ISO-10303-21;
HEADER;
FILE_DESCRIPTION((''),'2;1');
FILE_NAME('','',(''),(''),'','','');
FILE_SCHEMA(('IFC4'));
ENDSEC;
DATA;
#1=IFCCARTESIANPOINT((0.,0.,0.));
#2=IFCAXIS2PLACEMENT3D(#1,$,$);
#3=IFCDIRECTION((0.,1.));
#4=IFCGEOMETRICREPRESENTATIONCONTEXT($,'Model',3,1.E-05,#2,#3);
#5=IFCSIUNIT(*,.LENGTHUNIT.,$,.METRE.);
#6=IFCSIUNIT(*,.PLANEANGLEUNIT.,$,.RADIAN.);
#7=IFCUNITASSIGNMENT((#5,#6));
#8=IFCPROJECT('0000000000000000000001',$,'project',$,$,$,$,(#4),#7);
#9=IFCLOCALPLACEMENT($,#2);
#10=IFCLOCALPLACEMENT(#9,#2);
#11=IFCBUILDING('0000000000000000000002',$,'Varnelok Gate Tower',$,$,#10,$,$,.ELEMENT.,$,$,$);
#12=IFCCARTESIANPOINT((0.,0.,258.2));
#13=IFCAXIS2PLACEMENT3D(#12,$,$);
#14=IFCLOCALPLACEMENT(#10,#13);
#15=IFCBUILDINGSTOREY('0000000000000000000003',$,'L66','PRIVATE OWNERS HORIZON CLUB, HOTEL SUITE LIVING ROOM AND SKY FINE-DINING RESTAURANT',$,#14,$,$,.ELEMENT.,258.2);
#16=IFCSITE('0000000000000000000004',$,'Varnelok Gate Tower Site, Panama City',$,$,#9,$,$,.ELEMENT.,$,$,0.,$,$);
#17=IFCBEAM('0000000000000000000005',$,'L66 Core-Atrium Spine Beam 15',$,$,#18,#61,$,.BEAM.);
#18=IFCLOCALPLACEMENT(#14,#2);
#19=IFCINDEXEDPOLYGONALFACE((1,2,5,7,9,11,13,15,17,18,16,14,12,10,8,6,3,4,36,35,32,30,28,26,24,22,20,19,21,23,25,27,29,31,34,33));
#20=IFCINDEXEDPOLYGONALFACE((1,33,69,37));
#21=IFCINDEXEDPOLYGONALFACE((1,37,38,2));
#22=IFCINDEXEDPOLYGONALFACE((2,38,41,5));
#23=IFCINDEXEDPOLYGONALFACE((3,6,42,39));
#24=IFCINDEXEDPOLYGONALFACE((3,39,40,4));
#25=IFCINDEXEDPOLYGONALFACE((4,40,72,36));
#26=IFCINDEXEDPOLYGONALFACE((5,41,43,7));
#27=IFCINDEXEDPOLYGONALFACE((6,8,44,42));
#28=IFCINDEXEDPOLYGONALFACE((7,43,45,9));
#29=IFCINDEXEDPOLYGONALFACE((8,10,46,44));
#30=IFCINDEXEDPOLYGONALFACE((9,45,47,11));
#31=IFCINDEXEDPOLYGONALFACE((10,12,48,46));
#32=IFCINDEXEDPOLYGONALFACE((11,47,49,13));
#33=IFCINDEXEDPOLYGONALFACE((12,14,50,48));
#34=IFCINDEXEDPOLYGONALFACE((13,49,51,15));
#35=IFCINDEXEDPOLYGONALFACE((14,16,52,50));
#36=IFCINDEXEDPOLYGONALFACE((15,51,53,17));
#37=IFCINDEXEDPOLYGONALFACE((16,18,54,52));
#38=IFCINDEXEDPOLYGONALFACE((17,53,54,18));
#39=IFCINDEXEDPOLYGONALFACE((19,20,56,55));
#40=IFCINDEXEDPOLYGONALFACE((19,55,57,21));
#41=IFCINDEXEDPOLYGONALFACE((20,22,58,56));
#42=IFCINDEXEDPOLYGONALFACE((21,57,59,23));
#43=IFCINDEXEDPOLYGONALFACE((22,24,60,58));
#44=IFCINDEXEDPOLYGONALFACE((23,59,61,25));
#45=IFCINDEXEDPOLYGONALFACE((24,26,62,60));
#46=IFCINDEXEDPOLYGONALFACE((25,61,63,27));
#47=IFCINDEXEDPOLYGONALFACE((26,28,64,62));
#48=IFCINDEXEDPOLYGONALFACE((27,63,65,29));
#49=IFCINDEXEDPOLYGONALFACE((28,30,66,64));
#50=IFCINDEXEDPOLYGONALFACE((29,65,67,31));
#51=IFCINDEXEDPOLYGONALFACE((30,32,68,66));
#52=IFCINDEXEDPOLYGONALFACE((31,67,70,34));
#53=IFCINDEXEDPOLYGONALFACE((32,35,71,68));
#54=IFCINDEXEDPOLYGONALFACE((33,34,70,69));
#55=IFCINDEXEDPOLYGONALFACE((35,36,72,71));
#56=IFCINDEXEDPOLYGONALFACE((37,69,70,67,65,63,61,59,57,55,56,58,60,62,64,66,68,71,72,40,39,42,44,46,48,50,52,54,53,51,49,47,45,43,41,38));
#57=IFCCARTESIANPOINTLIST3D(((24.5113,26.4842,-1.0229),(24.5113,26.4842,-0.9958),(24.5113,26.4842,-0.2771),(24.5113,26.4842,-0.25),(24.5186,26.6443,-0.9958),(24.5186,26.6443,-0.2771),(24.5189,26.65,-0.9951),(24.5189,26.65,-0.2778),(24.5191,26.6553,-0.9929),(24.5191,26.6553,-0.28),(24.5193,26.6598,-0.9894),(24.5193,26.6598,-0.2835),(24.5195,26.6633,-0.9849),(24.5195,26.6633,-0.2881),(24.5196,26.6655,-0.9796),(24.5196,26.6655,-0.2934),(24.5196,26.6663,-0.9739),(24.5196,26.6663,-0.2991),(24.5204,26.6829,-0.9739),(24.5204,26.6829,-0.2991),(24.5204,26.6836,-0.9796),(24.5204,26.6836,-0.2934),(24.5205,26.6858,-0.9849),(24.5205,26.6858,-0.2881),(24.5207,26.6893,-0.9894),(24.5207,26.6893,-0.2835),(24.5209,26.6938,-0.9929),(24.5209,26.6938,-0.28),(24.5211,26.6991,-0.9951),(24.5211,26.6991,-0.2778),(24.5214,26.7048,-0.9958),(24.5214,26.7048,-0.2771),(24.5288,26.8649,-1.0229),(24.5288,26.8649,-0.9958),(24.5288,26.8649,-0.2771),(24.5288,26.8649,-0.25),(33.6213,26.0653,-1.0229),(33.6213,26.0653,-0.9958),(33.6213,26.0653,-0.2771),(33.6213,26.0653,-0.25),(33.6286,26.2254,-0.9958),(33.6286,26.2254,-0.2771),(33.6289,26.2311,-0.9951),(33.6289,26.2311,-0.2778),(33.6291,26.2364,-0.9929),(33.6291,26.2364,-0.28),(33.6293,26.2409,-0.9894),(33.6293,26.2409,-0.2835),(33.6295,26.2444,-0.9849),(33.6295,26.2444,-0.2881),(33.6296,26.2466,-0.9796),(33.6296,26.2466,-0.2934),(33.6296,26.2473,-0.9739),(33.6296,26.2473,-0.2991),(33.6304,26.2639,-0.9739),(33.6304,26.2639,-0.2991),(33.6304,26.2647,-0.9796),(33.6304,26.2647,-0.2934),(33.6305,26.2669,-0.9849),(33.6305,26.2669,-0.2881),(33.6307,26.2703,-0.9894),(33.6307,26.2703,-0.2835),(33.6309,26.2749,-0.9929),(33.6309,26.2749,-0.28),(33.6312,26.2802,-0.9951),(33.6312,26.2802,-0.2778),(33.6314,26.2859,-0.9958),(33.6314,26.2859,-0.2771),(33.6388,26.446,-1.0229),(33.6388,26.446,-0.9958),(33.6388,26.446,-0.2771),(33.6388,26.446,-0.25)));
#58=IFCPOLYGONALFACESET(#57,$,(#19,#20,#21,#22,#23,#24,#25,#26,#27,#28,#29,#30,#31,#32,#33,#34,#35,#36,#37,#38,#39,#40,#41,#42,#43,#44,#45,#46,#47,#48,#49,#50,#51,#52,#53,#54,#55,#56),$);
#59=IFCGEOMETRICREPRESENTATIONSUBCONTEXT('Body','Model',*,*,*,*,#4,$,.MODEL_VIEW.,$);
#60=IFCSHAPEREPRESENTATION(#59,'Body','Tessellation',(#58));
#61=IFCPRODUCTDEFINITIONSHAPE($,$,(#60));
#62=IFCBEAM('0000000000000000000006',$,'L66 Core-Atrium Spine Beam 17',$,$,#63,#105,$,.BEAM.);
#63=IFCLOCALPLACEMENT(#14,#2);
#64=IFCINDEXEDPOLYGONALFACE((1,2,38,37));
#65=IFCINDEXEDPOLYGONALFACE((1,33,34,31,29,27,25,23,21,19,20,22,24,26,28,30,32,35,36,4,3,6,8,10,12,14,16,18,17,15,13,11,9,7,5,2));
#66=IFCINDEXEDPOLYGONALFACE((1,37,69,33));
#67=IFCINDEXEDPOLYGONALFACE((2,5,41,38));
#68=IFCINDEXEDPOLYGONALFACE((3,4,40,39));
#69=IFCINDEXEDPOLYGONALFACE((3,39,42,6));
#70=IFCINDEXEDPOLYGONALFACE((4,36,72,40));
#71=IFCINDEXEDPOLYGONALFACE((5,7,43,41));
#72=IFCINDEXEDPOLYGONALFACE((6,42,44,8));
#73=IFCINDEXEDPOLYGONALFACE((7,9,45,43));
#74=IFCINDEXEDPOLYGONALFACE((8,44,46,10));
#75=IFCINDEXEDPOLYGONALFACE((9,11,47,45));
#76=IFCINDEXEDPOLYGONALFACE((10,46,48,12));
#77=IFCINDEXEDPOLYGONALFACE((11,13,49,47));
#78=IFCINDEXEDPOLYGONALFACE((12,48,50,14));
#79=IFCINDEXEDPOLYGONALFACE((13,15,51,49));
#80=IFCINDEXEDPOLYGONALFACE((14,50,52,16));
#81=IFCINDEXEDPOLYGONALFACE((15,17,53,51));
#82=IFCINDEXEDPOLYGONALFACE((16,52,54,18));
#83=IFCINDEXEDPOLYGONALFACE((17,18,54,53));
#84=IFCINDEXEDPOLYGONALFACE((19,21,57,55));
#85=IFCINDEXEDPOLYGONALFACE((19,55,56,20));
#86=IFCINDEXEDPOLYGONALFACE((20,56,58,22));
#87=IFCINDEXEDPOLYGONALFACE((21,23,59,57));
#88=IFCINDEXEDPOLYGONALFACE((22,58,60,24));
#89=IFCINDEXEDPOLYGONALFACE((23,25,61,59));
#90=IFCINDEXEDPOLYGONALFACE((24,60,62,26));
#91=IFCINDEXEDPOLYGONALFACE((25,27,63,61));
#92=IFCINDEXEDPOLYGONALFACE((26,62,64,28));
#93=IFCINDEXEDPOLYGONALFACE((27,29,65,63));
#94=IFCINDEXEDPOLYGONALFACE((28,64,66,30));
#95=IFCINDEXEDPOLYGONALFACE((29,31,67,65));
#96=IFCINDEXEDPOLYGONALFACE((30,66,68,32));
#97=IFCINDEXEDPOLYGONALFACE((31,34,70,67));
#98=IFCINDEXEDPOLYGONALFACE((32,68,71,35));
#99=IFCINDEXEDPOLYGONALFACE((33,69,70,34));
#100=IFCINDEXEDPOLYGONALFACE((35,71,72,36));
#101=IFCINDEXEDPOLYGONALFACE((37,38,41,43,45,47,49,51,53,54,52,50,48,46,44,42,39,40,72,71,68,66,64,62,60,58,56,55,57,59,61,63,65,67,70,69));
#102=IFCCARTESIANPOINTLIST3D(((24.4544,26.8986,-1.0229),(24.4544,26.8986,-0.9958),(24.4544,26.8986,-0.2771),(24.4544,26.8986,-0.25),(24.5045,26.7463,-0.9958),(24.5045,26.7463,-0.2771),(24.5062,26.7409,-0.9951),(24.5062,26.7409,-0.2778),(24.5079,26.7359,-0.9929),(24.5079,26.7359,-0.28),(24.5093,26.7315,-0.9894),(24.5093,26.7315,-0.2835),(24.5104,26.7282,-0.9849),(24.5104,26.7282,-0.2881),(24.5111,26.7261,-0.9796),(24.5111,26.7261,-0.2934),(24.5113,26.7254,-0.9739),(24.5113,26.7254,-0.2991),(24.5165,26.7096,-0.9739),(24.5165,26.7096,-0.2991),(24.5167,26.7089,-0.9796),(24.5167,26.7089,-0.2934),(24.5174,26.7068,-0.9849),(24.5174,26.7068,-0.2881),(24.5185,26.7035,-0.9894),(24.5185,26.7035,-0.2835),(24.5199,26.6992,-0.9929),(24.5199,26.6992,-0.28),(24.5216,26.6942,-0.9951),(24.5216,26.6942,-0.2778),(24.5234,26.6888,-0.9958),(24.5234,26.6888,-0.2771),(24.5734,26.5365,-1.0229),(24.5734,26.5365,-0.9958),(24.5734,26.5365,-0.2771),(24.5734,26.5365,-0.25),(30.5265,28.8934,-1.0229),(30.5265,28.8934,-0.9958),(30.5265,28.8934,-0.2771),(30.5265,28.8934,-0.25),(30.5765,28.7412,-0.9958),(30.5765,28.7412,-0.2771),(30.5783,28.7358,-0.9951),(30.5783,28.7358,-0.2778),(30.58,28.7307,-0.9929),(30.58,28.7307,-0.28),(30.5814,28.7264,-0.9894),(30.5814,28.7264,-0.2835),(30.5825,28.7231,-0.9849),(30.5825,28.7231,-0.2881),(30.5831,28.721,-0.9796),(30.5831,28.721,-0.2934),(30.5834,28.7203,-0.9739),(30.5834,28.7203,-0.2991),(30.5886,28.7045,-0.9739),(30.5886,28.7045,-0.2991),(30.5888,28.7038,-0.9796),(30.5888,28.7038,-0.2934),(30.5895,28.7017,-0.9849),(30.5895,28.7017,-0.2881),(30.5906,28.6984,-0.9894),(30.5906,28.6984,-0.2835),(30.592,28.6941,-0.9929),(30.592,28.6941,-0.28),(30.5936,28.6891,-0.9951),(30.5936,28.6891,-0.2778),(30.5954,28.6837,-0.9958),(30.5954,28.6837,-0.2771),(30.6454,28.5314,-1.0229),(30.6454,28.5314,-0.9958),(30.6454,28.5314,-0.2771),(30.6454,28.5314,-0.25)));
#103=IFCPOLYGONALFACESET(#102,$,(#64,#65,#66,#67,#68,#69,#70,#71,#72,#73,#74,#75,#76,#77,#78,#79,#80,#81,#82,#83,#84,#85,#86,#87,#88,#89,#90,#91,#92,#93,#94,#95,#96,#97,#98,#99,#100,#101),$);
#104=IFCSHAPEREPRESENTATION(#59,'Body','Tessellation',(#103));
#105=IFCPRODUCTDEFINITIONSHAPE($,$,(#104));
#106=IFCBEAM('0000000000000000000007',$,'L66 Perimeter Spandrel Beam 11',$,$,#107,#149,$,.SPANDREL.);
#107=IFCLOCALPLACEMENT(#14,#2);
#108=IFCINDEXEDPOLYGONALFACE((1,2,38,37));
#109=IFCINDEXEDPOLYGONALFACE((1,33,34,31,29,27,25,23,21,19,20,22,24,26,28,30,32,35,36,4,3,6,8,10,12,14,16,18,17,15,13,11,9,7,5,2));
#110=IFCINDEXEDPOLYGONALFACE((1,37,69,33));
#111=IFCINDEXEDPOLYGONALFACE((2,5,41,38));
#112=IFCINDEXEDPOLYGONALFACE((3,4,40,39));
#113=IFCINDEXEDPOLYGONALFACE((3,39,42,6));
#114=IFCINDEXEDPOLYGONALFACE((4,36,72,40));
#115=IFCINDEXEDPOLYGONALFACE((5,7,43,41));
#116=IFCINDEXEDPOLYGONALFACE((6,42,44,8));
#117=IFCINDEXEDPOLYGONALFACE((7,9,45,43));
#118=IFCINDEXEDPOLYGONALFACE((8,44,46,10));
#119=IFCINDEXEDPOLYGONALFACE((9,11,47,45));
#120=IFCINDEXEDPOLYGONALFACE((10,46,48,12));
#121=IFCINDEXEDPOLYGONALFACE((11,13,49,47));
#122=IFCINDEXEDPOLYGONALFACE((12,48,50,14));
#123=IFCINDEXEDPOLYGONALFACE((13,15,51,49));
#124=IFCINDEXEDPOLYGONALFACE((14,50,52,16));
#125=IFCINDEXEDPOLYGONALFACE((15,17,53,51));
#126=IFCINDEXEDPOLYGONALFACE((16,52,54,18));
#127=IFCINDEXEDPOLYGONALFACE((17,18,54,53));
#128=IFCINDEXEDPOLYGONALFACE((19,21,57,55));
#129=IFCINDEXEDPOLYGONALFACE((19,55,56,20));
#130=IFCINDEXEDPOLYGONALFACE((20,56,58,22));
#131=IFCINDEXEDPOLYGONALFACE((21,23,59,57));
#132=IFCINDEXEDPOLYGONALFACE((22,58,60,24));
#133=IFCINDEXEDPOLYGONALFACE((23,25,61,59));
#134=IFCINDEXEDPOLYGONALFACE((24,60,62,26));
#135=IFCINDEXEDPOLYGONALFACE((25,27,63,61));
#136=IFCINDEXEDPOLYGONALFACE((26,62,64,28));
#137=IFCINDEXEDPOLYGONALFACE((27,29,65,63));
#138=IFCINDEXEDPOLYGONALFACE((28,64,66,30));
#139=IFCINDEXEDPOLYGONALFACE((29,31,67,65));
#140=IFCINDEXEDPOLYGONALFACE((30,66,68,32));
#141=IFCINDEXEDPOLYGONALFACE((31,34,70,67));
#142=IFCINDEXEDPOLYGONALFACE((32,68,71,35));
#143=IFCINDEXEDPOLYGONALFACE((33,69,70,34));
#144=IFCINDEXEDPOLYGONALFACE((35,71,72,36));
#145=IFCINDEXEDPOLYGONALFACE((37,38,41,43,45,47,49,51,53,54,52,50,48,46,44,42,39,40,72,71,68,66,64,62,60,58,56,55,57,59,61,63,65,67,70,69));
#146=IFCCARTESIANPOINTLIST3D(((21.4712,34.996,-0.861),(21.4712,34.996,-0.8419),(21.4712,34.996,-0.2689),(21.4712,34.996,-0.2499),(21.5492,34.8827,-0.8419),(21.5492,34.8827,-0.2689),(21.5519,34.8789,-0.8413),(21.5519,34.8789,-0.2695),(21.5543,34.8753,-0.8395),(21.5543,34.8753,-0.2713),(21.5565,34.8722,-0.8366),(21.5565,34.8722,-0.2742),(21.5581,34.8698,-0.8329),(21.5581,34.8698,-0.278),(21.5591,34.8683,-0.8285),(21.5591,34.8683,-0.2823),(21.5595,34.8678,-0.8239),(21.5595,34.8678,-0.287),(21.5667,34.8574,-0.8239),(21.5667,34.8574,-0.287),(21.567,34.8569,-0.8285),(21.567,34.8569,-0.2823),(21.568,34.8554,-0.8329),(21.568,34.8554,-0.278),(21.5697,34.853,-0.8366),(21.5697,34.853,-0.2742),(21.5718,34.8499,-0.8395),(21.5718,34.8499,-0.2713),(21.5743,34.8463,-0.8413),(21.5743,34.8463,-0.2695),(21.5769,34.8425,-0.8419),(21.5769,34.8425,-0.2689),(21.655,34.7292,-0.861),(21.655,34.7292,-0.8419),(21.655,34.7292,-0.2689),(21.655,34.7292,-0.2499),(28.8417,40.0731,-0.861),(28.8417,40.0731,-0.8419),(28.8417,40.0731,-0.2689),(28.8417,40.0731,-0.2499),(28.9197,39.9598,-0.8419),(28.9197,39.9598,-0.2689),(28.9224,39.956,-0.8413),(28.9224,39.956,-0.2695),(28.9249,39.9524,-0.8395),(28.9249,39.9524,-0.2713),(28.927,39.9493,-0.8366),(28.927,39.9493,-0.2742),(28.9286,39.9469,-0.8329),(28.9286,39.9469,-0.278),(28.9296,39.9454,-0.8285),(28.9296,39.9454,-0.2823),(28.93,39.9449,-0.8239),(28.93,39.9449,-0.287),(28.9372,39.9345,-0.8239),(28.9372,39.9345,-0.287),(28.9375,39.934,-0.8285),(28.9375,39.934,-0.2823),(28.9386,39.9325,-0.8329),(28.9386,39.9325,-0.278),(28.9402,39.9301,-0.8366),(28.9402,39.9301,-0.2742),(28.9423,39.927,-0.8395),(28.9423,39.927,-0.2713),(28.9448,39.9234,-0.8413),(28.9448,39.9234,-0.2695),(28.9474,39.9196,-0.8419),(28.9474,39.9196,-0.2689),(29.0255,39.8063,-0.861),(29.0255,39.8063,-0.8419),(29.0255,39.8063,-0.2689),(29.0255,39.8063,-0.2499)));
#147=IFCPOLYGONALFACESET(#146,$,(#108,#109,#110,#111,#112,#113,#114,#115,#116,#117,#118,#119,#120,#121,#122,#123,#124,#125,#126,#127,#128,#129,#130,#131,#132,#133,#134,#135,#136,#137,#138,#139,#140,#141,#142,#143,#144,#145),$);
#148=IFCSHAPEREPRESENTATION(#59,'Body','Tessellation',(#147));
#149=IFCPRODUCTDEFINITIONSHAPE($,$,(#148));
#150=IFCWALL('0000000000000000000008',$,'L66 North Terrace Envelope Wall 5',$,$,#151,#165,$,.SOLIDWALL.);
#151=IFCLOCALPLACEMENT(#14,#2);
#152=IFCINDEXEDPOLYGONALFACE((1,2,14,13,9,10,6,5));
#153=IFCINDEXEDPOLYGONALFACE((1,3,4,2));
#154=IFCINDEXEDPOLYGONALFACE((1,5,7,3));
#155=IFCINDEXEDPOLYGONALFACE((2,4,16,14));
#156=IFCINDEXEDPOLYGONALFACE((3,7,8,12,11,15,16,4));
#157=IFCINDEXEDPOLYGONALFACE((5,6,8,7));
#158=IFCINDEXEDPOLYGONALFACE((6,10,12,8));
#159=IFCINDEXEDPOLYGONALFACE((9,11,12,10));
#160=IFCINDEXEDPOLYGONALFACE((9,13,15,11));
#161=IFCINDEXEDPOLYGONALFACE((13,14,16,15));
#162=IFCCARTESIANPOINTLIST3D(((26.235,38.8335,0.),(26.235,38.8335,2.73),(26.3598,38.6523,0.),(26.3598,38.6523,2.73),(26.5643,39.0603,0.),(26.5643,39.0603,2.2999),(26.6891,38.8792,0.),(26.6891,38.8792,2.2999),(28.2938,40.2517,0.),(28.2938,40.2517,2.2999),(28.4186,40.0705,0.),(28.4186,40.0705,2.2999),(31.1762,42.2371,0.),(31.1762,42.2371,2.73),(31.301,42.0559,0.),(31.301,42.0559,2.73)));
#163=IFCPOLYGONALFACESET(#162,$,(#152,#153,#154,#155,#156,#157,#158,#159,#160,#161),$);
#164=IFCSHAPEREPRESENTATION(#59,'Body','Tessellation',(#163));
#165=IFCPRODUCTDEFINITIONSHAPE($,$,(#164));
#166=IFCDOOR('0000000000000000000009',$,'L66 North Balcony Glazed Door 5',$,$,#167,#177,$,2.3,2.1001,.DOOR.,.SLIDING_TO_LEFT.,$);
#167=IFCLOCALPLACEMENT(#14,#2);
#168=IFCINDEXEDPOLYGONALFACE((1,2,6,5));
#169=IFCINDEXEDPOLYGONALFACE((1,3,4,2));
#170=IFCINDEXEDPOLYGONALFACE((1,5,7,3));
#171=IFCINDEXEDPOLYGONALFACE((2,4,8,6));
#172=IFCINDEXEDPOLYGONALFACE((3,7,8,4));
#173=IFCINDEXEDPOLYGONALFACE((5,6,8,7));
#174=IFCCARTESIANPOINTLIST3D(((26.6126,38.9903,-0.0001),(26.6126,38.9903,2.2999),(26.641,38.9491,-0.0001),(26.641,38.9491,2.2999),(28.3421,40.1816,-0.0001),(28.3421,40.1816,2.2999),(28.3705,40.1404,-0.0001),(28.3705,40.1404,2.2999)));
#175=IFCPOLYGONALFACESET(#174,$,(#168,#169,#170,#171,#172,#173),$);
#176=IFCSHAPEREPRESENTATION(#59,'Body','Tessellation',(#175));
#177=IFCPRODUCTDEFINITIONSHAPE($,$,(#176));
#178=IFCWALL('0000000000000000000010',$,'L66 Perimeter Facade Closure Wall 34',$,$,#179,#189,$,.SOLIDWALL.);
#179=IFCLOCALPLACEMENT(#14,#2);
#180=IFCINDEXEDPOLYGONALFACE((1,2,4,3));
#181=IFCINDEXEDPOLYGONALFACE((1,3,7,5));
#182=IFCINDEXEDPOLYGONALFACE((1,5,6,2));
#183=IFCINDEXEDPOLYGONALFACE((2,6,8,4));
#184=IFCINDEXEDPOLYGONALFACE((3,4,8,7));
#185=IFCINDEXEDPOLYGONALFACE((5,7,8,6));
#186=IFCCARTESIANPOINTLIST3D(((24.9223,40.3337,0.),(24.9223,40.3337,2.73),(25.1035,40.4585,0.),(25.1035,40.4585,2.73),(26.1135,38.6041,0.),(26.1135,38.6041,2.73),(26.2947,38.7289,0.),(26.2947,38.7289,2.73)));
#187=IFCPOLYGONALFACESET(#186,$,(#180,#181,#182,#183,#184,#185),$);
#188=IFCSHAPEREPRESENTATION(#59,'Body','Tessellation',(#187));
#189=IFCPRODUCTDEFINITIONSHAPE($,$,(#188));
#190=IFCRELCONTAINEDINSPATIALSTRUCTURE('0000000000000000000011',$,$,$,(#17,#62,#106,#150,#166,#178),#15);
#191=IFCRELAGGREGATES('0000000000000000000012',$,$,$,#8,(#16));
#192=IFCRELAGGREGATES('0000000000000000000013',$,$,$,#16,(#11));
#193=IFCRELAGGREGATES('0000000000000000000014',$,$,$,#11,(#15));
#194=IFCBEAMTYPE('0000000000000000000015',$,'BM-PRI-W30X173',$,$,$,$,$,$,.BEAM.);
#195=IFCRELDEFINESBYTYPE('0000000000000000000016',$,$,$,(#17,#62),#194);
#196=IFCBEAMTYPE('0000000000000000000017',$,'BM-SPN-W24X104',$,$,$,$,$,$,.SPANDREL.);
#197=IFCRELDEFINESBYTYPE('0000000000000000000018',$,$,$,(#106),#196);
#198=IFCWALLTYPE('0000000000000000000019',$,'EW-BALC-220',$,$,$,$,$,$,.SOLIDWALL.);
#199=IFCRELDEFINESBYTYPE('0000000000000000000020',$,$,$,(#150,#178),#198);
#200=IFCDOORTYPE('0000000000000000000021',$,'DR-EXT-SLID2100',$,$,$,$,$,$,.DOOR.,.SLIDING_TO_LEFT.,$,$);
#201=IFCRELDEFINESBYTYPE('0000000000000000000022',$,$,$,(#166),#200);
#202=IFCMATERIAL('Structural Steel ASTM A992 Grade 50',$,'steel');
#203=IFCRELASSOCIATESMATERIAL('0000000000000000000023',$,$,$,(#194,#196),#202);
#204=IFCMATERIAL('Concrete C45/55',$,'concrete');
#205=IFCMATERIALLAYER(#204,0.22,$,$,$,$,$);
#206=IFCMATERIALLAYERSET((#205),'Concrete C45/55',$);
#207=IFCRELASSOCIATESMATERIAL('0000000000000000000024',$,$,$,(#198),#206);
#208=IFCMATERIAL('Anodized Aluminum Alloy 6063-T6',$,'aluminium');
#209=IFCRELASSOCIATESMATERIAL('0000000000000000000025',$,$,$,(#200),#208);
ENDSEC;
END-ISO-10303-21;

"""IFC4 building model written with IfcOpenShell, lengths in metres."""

from ifc_helpers import new_model, si_unit, direction, frame, frame_2d, origin, origin_2d, place, context, subcontext, project, spatial, rectangle, i_section, extrude, material, layer, layer_set, material_profile, profile_set, type_object, element, fill, save


model = new_model("IFC4")

# Units and contexts
model_context = context("Model", 3, precision=1e-05, world=origin(), true_north=direction((0.0, 1.0)))
body_context = subcontext(model_context, "Body", "Model", "MODEL_VIEW")
ifc_project = project(units=[si_unit("LENGTHUNIT", "METRE"), si_unit("PLANEANGLEUNIT", "RADIAN")], contexts=[model_context])

# Site, building, storey
site_placement = place(None, origin())
site = spatial("IfcSite", under=ifc_project, at=site_placement, Name="Varnelok Gate Tower Site, Panama City", CompositionType="ELEMENT", RefElevation=0.0)
building_placement = place(site_placement, origin())
building = spatial("IfcBuilding", under=site, at=building_placement, Name="Varnelok Gate Tower", CompositionType="ELEMENT")
storey_placement = place(building_placement, frame((0.0, 0.0, 258.2)))
storey = spatial("IfcBuildingStorey", under=building, at=storey_placement, Name="L66", Description="PRIVATE OWNERS HORIZON CLUB, HOTEL SUITE LIVING ROOM AND SKY FINE-DINING RESTAURANT", CompositionType="ELEMENT", Elevation=258.2)

# Shared definitions
ifc_material_1 = material(Name="Structural Steel ASTM A992 Grade 50", Category="steel")

# Beams
ifc_material_profile_1 = material_profile(ifc_material_1, i_section(OverallWidth=0.3811, OverallDepth=0.7729, WebThickness=0.0166, FlangeThickness=0.0271, FilletRadius=0.022, at=origin_2d()), Name="W30X173")
ifc_profile_set_1 = profile_set([ifc_material_profile_1], Name="Structural Steel ASTM A992 Grade 50")
beam_type_1 = type_object("IfcBeamType", Name="BM-PRI-W30X173", PredefinedType="BEAM", material=ifc_profile_set_1)
beam_1_placement = place(storey_placement, frame((24.52, 26.6746, -0.6365), z_axis=(0.998944, -0.045938, 0.0), x_axis=(0.045938, 0.998944, 0.0)))
element("IfcBeam", 1, at=beam_1_placement, inside=storey, type_object=beam_type_1, Name="L66 Core-Atrium Spine Beam 15", PredefinedType="BEAM", context=body_context, shape_type="SweptSolid", body=[
    extrude(i_section(OverallWidth=0.3811, OverallDepth=0.7729, WebThickness=0.0166, FlangeThickness=0.0271, FilletRadius=0.022, at=origin_2d()), origin(), (0.0, 0.0, 1.0), 9.1196),
])
beam_2_placement = place(storey_placement, frame((24.5139, 26.7175, -0.6365), z_axis=(0.950042, 0.312122, 0.0), x_axis=(-0.312122, 0.950042, 0.0)))
element("IfcBeam", 2, at=beam_2_placement, inside=storey, type_object=beam_type_1, Name="L66 Core-Atrium Spine Beam 17", PredefinedType="BEAM", context=body_context, shape_type="SweptSolid", body=[
    extrude(i_section(OverallWidth=0.3811, OverallDepth=0.7729, WebThickness=0.0166, FlangeThickness=0.0271, FilletRadius=0.022, at=origin_2d()), origin(), (0.0, 0.0, 1.0), 6.3914),
])
ifc_material_profile_2 = material_profile(ifc_material_1, i_section(OverallWidth=0.324, OverallDepth=0.6111, WebThickness=0.0127, FlangeThickness=0.019, FilletRadius=0.0181, at=origin_2d()), Name="W24X104")
ifc_profile_set_2 = profile_set([ifc_material_profile_2], Name="Structural Steel ASTM A992 Grade 50")
beam_type_2 = type_object("IfcBeamType", Name="BM-SPN-W24X104", PredefinedType="SPANDREL", material=ifc_profile_set_2)
beam_3_placement = place(storey_placement, frame((28.9336, 39.9397, -0.5554), z_axis=(-0.823527, -0.567276, 0.0), x_axis=(0.567276, -0.823527, 0.0)))
element("IfcBeam", 3, at=beam_3_placement, inside=storey, type_object=beam_type_2, Name="L66 Perimeter Spandrel Beam 11", PredefinedType="SPANDREL", context=body_context, shape_type="SweptSolid", body=[
    extrude(i_section(OverallWidth=0.324, OverallDepth=0.6111, WebThickness=0.0127, FlangeThickness=0.019, FilletRadius=0.0181, at=origin_2d()), origin(), (0.0, 0.0, 1.0), 8.95),
])

# Wall, opening, door
ifc_material_2 = material(Name="Concrete C45/55", Category="concrete")
ifc_layer_1 = layer(ifc_material_2, 0.22)
ifc_layer_set_1 = layer_set([ifc_layer_1], Name="Concrete C45/55")
wall_type_1 = type_object("IfcWallType", Name="EW-BALC-220", PredefinedType="SOLIDWALL", material=ifc_layer_set_1)
wall_1_placement = place(storey_placement, frame((26.2974, 38.7429, 0.0), z_axis=(0.0, 0.0, 1.0), x_axis=(0.823535, 0.567266, 0.0)))
wall_1 = element("IfcWall", 4, at=wall_1_placement, inside=storey, type_object=wall_type_1, Name="L66 North Terrace Envelope Wall 5", PredefinedType="SOLIDWALL", context=body_context, shape_type="SweptSolid", body=[
    extrude(rectangle(XDim=6.0, YDim=0.22, at=frame_2d((3.0, 0.0))), origin(), (0.0, 0.0, 1.0), 2.73),
])
opening_1_placement = place(wall_1_placement, frame((0.3999, 0.0, 0.0)))
opening_1 = element("IfcOpeningElement", 5, at=opening_1_placement, cuts=wall_1, PredefinedType="OPENING", context=body_context, shape_type="SweptSolid", body=[
    extrude(rectangle(XDim=2.1001, YDim=2.3, at=frame_2d((1.05, 1.1499))), frame((0.0, 0.1199, 0.0), z_axis=(0.0, -1.0, 0.0), x_axis=(1.0, 0.0, 0.0)), (0.0, 0.0, 1.0), 0.24),
])
ifc_material_3 = material(Name="Anodized Aluminum Alloy 6063-T6", Category="aluminium")
door_type_1 = type_object("IfcDoorType", Name="DR-EXT-SLID2100", OperationType="SLIDING_TO_LEFT", PredefinedType="DOOR", material=ifc_material_3)
door_1_placement = place(opening_1_placement, origin())
door_1 = element("IfcDoor", 6, at=door_1_placement, inside=storey, type_object=door_type_1, Name="L66 North Balcony Glazed Door 5", OperationType="SLIDING_TO_LEFT", OverallHeight=2.3, OverallWidth=2.1001, PredefinedType="DOOR", context=body_context, shape_type="SweptSolid", body=[
    extrude(rectangle(XDim=2.1001, YDim=2.3, at=frame_2d((1.05, 1.1499))), frame((0.0, 0.0249, 0.0), z_axis=(0.0, -1.0, 0.0), x_axis=(1.0, 0.0, 0.0)), (0.0, 0.0, 1.0), 0.05),
])
fill(opening_1, door_1)

# Wall
wall_2_placement = place(storey_placement, frame((26.2041, 38.6665, 0.0), z_axis=(0.0, 0.0, 1.0), x_axis=(-0.567219, 0.823567, 0.0)))
element("IfcWall", 7, at=wall_2_placement, inside=storey, type_object=wall_type_1, Name="L66 Perimeter Facade Closure Wall 34", PredefinedType="SOLIDWALL", context=body_context, shape_type="SweptSolid", body=[
    extrude(rectangle(XDim=2.1001, YDim=0.22, at=frame_2d((1.05, 0.0))), origin(), (0.0, 0.0, 1.0), 2.73),
])

save(model, "model.ifc")
